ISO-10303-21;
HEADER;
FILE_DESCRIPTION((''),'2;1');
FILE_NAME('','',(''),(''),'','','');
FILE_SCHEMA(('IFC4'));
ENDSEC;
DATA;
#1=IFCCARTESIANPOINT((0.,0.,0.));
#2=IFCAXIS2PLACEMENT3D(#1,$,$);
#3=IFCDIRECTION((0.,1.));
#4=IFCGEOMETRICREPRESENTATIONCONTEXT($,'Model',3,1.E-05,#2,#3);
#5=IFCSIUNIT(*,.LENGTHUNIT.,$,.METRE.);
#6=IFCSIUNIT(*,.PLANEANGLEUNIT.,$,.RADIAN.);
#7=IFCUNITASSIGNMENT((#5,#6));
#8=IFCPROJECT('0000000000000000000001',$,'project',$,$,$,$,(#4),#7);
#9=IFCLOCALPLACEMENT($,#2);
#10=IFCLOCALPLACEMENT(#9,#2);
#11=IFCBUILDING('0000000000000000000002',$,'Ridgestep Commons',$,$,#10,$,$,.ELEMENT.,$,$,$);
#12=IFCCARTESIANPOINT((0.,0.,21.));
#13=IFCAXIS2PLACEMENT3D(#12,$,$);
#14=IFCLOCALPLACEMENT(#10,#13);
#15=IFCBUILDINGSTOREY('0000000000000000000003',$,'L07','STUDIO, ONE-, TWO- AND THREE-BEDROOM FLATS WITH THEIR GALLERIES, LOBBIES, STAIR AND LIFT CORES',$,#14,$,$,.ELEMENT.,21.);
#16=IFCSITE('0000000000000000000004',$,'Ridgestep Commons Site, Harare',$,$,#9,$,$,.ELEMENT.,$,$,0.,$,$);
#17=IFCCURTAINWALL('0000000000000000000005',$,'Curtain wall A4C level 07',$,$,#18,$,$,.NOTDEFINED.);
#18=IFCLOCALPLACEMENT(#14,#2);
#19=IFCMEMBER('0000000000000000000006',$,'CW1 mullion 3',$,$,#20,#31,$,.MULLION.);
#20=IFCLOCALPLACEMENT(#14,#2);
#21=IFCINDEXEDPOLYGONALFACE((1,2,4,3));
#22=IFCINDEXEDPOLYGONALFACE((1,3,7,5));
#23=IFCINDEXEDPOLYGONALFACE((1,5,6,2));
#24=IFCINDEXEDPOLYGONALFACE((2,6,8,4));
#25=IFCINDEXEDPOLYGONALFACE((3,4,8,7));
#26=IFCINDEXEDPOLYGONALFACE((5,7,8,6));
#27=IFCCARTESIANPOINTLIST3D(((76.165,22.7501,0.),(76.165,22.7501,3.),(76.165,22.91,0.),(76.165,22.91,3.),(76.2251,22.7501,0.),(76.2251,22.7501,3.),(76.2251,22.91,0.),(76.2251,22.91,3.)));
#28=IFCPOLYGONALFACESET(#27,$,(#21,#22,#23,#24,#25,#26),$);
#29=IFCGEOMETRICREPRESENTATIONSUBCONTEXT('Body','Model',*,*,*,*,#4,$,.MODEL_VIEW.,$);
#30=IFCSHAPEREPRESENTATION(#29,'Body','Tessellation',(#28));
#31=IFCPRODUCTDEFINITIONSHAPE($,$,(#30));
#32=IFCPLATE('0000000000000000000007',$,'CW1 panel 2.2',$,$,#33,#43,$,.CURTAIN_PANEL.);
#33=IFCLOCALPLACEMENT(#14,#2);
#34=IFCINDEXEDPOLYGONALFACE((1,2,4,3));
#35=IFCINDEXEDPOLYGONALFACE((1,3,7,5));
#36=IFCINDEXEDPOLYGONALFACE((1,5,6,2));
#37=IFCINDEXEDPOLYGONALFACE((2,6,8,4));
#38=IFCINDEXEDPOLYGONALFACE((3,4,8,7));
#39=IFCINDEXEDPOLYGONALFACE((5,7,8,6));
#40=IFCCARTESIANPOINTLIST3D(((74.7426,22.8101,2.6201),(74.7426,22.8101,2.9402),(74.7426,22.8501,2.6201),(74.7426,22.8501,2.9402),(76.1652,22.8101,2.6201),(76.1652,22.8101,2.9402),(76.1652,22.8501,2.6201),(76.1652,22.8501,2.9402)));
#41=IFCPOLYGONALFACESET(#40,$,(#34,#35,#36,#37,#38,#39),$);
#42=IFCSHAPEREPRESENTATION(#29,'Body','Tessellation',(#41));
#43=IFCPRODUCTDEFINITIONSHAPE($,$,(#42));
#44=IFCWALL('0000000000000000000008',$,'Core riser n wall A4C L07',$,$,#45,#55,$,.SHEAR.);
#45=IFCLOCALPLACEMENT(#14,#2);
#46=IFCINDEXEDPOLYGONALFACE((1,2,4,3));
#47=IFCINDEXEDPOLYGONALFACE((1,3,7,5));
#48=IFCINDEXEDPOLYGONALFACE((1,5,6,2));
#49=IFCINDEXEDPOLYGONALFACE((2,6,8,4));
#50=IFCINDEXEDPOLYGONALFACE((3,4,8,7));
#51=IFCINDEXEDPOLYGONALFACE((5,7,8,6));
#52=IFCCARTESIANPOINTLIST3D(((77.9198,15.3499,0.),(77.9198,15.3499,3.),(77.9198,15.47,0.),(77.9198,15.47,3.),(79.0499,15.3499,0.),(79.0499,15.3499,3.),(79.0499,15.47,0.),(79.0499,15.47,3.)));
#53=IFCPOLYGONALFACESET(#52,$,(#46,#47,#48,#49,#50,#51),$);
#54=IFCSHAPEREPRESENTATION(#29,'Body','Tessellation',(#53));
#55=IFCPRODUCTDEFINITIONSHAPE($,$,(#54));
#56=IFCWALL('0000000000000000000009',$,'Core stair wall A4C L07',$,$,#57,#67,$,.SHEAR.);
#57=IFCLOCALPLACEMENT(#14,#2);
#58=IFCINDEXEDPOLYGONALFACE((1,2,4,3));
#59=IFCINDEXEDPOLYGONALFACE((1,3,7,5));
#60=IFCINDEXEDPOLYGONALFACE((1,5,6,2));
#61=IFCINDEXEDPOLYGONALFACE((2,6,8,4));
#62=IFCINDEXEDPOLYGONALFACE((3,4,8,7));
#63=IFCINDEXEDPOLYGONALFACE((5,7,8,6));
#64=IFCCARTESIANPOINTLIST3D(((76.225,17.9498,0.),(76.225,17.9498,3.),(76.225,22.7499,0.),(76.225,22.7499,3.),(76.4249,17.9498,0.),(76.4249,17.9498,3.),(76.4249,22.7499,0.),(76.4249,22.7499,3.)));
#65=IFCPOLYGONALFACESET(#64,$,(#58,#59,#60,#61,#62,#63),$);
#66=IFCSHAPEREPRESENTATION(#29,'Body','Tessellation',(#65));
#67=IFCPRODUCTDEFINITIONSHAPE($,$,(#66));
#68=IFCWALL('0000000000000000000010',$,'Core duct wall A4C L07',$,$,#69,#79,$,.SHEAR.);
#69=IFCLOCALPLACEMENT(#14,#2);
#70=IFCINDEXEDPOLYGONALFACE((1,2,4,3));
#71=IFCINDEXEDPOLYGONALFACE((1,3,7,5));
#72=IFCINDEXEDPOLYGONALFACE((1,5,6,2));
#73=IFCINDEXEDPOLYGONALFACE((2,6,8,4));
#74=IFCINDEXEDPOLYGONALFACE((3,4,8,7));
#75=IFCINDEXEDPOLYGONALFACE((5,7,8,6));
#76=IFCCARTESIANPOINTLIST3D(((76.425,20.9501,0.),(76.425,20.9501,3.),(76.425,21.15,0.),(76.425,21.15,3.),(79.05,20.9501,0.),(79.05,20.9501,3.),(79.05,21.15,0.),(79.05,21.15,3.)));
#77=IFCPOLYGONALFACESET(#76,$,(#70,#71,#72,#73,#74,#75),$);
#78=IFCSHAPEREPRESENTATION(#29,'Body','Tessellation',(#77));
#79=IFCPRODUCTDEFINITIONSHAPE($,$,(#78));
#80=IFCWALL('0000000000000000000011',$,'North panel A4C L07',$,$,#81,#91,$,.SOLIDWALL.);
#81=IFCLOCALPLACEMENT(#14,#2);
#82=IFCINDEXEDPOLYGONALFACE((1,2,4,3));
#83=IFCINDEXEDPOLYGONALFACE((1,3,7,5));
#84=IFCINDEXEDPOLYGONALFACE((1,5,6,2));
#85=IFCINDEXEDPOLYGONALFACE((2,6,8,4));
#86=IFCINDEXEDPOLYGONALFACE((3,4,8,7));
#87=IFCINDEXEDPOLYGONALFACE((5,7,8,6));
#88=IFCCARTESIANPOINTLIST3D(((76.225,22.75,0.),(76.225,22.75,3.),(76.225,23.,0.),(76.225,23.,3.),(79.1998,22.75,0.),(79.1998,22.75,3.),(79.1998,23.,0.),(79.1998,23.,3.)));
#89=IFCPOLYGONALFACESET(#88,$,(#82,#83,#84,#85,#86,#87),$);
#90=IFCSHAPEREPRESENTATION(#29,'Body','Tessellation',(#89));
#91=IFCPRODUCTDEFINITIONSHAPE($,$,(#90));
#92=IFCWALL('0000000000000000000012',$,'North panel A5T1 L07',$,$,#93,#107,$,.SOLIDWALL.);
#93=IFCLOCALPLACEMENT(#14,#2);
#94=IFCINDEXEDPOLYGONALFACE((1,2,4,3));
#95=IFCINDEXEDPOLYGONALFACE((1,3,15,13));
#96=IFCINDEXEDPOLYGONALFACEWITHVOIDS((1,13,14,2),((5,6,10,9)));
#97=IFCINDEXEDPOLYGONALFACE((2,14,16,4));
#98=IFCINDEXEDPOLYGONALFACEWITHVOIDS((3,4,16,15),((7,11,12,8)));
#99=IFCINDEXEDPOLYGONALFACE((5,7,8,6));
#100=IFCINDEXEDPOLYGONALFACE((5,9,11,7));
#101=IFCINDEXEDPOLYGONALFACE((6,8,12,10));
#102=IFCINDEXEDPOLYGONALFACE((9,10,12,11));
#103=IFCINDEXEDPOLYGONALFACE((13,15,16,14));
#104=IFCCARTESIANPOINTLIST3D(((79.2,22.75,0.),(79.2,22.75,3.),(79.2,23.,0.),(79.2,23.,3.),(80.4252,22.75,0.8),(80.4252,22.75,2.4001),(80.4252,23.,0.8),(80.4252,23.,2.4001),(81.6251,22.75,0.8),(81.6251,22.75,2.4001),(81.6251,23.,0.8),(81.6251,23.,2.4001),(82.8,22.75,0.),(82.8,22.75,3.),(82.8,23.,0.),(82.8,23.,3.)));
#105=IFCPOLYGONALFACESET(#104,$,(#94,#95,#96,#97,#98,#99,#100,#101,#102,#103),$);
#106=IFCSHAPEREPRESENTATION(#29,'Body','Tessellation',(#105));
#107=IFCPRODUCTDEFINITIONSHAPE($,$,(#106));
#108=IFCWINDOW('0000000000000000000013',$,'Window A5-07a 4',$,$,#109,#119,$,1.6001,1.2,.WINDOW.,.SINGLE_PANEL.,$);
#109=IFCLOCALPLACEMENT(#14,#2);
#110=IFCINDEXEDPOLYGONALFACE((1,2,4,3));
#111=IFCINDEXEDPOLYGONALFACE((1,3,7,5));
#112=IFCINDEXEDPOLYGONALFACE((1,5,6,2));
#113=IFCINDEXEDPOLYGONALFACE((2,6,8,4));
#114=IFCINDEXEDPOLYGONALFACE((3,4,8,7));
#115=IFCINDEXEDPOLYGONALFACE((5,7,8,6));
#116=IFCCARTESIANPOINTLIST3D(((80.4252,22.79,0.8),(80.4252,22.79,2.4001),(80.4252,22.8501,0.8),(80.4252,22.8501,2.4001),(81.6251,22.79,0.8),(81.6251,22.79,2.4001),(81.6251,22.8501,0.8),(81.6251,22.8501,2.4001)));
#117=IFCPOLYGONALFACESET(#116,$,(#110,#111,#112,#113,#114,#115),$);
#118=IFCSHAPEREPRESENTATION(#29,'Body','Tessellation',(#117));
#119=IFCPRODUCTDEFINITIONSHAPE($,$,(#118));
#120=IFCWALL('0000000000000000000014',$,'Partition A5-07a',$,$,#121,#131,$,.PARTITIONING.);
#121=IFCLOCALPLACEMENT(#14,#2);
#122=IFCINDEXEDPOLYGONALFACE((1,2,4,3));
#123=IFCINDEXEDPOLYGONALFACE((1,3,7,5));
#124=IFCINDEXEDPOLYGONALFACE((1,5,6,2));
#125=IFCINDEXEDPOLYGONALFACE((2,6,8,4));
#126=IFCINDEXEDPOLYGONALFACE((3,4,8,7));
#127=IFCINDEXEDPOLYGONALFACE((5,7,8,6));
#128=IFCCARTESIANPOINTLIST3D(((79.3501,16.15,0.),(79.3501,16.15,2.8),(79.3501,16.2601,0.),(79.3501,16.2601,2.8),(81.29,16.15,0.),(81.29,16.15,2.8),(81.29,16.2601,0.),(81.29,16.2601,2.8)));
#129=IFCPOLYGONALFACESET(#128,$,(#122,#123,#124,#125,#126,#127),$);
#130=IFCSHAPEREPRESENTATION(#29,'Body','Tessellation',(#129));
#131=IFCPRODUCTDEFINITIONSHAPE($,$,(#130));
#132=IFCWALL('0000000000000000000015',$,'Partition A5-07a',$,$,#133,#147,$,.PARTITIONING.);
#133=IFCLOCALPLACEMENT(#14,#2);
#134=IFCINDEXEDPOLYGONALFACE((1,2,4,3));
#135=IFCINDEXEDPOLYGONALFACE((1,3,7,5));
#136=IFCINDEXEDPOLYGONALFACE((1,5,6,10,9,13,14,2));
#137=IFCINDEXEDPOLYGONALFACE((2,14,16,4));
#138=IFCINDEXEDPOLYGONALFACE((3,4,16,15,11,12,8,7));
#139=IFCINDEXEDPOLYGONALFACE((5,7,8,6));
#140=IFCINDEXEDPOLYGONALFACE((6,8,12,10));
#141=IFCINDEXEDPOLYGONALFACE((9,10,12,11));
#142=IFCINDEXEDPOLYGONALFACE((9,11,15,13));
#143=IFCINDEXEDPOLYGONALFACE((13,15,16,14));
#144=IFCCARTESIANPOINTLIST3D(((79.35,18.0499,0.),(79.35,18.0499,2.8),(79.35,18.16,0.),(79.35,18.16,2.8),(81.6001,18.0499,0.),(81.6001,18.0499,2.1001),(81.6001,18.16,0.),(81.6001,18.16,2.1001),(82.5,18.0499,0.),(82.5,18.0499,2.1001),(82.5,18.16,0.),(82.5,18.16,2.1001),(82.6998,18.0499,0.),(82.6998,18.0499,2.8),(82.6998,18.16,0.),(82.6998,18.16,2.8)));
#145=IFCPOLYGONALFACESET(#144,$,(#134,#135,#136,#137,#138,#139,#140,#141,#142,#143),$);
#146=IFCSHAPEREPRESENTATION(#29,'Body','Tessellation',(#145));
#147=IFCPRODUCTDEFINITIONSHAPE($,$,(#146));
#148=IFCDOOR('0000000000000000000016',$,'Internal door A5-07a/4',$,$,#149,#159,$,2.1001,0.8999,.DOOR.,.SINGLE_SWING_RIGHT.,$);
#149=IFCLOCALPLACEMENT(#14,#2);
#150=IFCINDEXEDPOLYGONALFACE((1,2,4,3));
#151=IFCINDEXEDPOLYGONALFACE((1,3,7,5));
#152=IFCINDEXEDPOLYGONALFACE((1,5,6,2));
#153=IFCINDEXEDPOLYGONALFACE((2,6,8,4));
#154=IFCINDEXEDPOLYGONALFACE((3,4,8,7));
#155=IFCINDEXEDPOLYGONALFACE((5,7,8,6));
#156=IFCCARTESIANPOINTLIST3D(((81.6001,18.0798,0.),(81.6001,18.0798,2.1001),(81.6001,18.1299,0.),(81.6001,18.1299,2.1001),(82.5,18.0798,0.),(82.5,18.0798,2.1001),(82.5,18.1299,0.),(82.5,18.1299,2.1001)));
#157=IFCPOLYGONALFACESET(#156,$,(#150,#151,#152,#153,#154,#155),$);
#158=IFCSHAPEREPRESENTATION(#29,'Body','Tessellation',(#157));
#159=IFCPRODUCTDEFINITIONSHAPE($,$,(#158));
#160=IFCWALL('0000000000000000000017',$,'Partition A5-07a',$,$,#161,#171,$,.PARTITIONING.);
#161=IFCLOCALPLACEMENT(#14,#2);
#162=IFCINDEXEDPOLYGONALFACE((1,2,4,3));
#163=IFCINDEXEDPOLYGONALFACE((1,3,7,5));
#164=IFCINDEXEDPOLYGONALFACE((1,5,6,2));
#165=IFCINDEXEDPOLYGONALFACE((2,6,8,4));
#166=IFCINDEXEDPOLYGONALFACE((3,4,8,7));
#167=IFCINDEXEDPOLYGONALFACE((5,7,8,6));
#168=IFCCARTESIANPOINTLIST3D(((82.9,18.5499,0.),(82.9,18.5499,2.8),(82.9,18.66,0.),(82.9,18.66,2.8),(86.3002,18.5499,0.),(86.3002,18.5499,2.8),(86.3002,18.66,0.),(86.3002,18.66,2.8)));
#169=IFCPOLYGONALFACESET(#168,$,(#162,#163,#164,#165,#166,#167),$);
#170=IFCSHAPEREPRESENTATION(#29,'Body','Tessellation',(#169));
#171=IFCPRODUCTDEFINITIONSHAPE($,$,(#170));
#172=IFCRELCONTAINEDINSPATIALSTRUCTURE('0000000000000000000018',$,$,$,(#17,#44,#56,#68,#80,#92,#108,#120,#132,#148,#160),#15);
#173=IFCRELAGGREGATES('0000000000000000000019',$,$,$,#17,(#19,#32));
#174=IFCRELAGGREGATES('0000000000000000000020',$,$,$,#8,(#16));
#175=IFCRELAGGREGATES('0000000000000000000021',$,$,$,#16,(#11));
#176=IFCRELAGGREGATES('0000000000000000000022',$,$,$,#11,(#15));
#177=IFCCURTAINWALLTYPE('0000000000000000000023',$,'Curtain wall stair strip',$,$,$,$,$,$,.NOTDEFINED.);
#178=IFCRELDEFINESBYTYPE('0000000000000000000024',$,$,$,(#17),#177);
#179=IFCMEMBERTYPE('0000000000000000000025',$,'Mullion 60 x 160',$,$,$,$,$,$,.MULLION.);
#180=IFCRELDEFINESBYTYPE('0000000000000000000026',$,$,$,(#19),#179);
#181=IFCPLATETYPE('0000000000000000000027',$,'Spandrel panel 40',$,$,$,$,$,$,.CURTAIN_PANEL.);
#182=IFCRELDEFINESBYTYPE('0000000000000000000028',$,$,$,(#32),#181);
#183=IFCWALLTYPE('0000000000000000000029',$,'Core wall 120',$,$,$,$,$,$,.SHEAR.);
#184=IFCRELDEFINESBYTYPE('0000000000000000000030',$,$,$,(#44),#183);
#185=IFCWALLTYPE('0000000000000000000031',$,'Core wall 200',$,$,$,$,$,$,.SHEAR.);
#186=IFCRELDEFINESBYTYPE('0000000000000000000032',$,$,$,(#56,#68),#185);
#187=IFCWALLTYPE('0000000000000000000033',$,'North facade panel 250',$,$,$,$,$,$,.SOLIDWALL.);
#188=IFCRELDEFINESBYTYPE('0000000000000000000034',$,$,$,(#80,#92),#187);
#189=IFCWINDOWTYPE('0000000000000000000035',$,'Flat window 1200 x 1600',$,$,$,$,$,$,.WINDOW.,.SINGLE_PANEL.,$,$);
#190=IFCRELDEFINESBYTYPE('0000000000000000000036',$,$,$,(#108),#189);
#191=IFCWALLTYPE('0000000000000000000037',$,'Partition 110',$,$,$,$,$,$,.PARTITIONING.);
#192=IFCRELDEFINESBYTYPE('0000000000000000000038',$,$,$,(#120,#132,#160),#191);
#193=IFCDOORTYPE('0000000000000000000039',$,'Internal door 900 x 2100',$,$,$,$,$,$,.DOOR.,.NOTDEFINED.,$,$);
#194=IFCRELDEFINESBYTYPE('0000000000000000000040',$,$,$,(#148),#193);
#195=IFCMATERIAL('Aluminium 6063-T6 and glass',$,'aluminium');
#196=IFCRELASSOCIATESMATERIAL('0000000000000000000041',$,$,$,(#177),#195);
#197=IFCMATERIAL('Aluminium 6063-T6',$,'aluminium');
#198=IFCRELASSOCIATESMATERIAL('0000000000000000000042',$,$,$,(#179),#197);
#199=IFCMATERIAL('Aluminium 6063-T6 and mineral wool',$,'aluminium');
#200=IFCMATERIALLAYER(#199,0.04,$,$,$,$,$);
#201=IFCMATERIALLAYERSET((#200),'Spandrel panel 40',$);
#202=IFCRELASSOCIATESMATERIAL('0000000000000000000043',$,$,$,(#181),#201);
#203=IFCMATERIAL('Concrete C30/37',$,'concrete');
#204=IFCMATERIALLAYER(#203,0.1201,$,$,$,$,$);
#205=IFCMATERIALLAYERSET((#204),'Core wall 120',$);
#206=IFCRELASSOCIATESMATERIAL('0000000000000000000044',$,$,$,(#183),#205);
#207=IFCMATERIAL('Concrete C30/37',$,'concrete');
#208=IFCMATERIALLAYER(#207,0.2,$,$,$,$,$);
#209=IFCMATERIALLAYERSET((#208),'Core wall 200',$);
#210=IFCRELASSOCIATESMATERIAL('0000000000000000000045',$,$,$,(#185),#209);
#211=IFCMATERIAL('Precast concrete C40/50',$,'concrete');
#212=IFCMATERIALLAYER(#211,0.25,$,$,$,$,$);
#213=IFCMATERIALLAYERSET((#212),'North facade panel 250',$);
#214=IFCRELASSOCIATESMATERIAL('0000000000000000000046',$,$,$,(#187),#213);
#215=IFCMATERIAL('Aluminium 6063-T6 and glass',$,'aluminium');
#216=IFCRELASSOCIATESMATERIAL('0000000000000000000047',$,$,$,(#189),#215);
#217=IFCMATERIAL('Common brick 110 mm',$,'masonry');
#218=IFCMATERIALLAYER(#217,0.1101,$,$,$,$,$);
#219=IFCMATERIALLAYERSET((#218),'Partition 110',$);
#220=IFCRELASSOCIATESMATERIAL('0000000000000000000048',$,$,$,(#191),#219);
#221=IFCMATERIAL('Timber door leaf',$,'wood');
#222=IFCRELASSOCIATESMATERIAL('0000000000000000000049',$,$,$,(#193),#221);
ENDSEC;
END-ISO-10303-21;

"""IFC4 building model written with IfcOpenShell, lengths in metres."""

from ifc_helpers import new_model, si_unit, direction, frame, frame_2d, origin, origin_2d, place, context, subcontext, project, spatial, rectangle, extrude, material, layer, layer_set, material_profile, profile_set, type_object, element, fill, aggregate, save


model = new_model("IFC4")

# Units and contexts
model_context = context("Model", 3, precision=1e-05, world=origin(), true_north=direction((0.0, 1.0)))
body_context = subcontext(model_context, "Body", "Model", "MODEL_VIEW")
ifc_project = project(units=[si_unit("LENGTHUNIT", "METRE"), si_unit("PLANEANGLEUNIT", "RADIAN")], contexts=[model_context])

# Site, building, storey
site_placement = place(None, origin())
site = spatial("IfcSite", under=ifc_project, at=site_placement, Name="Ridgestep Commons Site, Harare", CompositionType="ELEMENT", RefElevation=0.0)
building_placement = place(site_placement, origin())
building = spatial("IfcBuilding", under=site, at=building_placement, Name="Ridgestep Commons", CompositionType="ELEMENT")
storey_placement = place(building_placement, frame((0.0, 0.0, 21.0)))
storey = spatial("IfcBuildingStorey", under=building, at=storey_placement, Name="L07", Description="STUDIO, ONE-, TWO- AND THREE-BEDROOM FLATS WITH THEIR GALLERIES, LOBBIES, STAIR AND LIFT CORES", CompositionType="ELEMENT", Elevation=21.0)

# Curtain wall, member, plate
ifc_material_1 = material(Name="Aluminium 6063-T6 and glass", Category="aluminium")
curtain_wall_type = type_object("IfcCurtainWallType", Name="Curtain wall stair strip", PredefinedType="NOTDEFINED", material=ifc_material_1)
curtain_wall_placement = place(storey_placement, origin())
curtain_wall = element("IfcCurtainWall", 1, at=curtain_wall_placement, inside=storey, type_object=curtain_wall_type, Name="Curtain wall A4C level 07", PredefinedType="NOTDEFINED")
ifc_material_2 = material(Name="Aluminium 6063-T6", Category="aluminium")
ifc_material_profile = material_profile(ifc_material_2, rectangle(XDim=0.1599, YDim=0.0601, at=origin_2d()), Name="Mullion 60 x 160")
ifc_profile_set = profile_set([ifc_material_profile], Name="Aluminium 6063-T6")
member_type = type_object("IfcMemberType", Name="Mullion 60 x 160", PredefinedType="MULLION", material=ifc_profile_set)
member_placement = place(storey_placement, frame((76.1951, 22.8301, 0.0), z_axis=(0.0, 0.0, 1.0), x_axis=(0.0, 1.0, 0.0)))
member = element("IfcMember", 2, at=member_placement, type_object=member_type, Name="CW1 mullion 3", PredefinedType="MULLION", context=body_context, shape_type="SweptSolid", body=[
    extrude(rectangle(XDim=0.1599, YDim=0.0601, at=origin_2d()), origin(), (0.0, 0.0, 1.0), 3.0),
])
ifc_material_3 = material(Name="Aluminium 6063-T6 and mineral wool", Category="aluminium")
ifc_layer_1 = layer(ifc_material_3, 0.04)
ifc_layer_set_1 = layer_set([ifc_layer_1], Name="Spandrel panel 40")
plate_type = type_object("IfcPlateType", Name="Spandrel panel 40", PredefinedType="CURTAIN_PANEL", material=ifc_layer_set_1)
plate_placement = place(storey_placement, frame((75.4539, 22.8301, 2.6201), z_axis=(0.0, 0.0, 1.0), x_axis=(1.0, 0.0, 0.0)))
plate = element("IfcPlate", 3, at=plate_placement, type_object=plate_type, Name="CW1 panel 2.2", PredefinedType="CURTAIN_PANEL", context=body_context, shape_type="SweptSolid", body=[
    extrude(rectangle(XDim=1.4226, YDim=0.04, at=origin_2d()), origin(), (0.0, 0.0, 1.0), 0.3201),
])
aggregate(curtain_wall, [member, plate])

# Walls
ifc_material_4 = material(Name="Concrete C30/37", Category="concrete")
ifc_layer_2 = layer(ifc_material_4, 0.1201)
ifc_layer_set_2 = layer_set([ifc_layer_2], Name="Core wall 120")
wall_type_1 = type_object("IfcWallType", Name="Core wall 120", PredefinedType="SHEAR", material=ifc_layer_set_2)
wall_1_placement = place(storey_placement, frame((77.9199, 15.4099, 0.0), z_axis=(0.0, 0.0, 1.0), x_axis=(1.0, 0.0, 0.0)))
element("IfcWall", 4, at=wall_1_placement, inside=storey, type_object=wall_type_1, Name="Core riser n wall A4C L07", PredefinedType="SHEAR", context=body_context, shape_type="SweptSolid", body=[
    extrude(rectangle(XDim=1.1301, YDim=0.1201, at=frame_2d((0.5649, 0.0))), origin(), (0.0, 0.0, 1.0), 3.0),
])
ifc_material_5 = material(Name="Concrete C30/37", Category="concrete")
ifc_layer_3 = layer(ifc_material_5, 0.2)
ifc_layer_set_3 = layer_set([ifc_layer_3], Name="Core wall 200")
wall_type_2 = type_object("IfcWallType", Name="Core wall 200", PredefinedType="SHEAR", material=ifc_layer_set_3)
wall_2_placement = place(storey_placement, frame((76.325, 17.95, 0.0), z_axis=(0.0, 0.0, 1.0), x_axis=(0.0, 1.0, 0.0)))
element("IfcWall", 5, at=wall_2_placement, inside=storey, type_object=wall_type_2, Name="Core stair wall A4C L07", PredefinedType="SHEAR", context=body_context, shape_type="SweptSolid", body=[
    extrude(rectangle(XDim=4.8, YDim=0.2, at=frame_2d((2.3999, 0.0))), origin(), (0.0, 0.0, 1.0), 3.0),
])
wall_3_placement = place(storey_placement, frame((76.425, 21.05, 0.0), z_axis=(0.0, 0.0, 1.0), x_axis=(1.0, 0.0, 0.0)))
element("IfcWall", 6, at=wall_3_placement, inside=storey, type_object=wall_type_2, Name="Core duct wall A4C L07", PredefinedType="SHEAR", context=body_context, shape_type="SweptSolid", body=[
    extrude(rectangle(XDim=2.625, YDim=0.2, at=frame_2d((1.3125, 0.0))), origin(), (0.0, 0.0, 1.0), 3.0),
])
ifc_material_6 = material(Name="Precast concrete C40/50", Category="concrete")
ifc_layer_4 = layer(ifc_material_6, 0.25)
ifc_layer_set_4 = layer_set([ifc_layer_4], Name="North facade panel 250")
wall_type_3 = type_object("IfcWallType", Name="North facade panel 250", PredefinedType="SOLIDWALL", material=ifc_layer_set_4)
wall_4_placement = place(storey_placement, frame((76.2251, 22.875, 0.0), z_axis=(0.0, 0.0, 1.0), x_axis=(1.0, 0.0, 0.0)))
element("IfcWall", 7, at=wall_4_placement, inside=storey, type_object=wall_type_3, Name="North panel A4C L07", PredefinedType="SOLIDWALL", context=body_context, shape_type="SweptSolid", body=[
    extrude(rectangle(XDim=2.9749, YDim=0.25, at=frame_2d((1.4873, 0.0))), origin(), (0.0, 0.0, 1.0), 3.0),
])

# Wall, opening, window
wall_5_placement = place(storey_placement, frame((79.2, 22.875, 0.0), z_axis=(0.0, 0.0, 1.0), x_axis=(1.0, 0.0, 0.0)))
wall_5 = element("IfcWall", 8, at=wall_5_placement, inside=storey, type_object=wall_type_3, Name="North panel A5T1 L07", PredefinedType="SOLIDWALL", context=body_context, shape_type="SweptSolid", body=[
    extrude(rectangle(XDim=3.6001, YDim=0.25, at=frame_2d((1.8, 0.0))), origin(), (0.0, 0.0, 1.0), 3.0),
])
opening_1_placement = place(wall_5_placement, frame((1.2251, 0.0, 0.8)))
opening_1 = element("IfcOpeningElement", 9, at=opening_1_placement, cuts=wall_5, PredefinedType="OPENING", context=body_context, shape_type="SweptSolid", body=[
    extrude(rectangle(XDim=1.2, YDim=1.6001, at=frame_2d((0.6001, 0.8))), frame((0.0, 0.135, 0.0), z_axis=(0.0, -1.0, 0.0), x_axis=(1.0, 0.0, 0.0)), (0.0, 0.0, 1.0), 0.27),
])
ifc_material_7 = material(Name="Aluminium 6063-T6 and glass", Category="aluminium")
window_type = type_object("IfcWindowType", Name="Flat window 1200 x 1600", PartitioningType="SINGLE_PANEL", PredefinedType="WINDOW", material=ifc_material_7)
window_placement = place(opening_1_placement, origin())
window = element("IfcWindow", 10, at=window_placement, inside=storey, type_object=window_type, Name="Window A5-07a 4", OverallHeight=1.6001, OverallWidth=1.2, PartitioningType="SINGLE_PANEL", PredefinedType="WINDOW", context=body_context, shape_type="SweptSolid", body=[
    extrude(rectangle(XDim=1.2, YDim=1.6001, at=frame_2d((0.6001, 0.8))), frame((0.0, -0.0249, 0.0), z_axis=(0.0, -1.0, 0.0), x_axis=(1.0, 0.0, 0.0)), (0.0, 0.0, 1.0), 0.0601),
])
fill(opening_1, window)

# Wall
ifc_material_8 = material(Name="Common brick 110 mm", Category="masonry")
ifc_layer_5 = layer(ifc_material_8, 0.1101)
ifc_layer_set_5 = layer_set([ifc_layer_5], Name="Partition 110")
wall_type_4 = type_object("IfcWallType", Name="Partition 110", PredefinedType="PARTITIONING", material=ifc_layer_set_5)
wall_6_placement = place(storey_placement, frame((79.3501, 16.2051, 0.0), z_axis=(0.0, 0.0, 1.0), x_axis=(1.0, 0.0, 0.0)))
element("IfcWall", 11, at=wall_6_placement, inside=storey, type_object=wall_type_4, Name="Partition A5-07a", PredefinedType="PARTITIONING", context=body_context, shape_type="SweptSolid", body=[
    extrude(rectangle(XDim=1.9399, YDim=0.1101, at=frame_2d((0.97, 0.0))), origin(), (0.0, 0.0, 1.0), 2.8),
])

# Wall, opening, door
wall_7_placement = place(storey_placement, frame((79.3501, 18.105, 0.0), z_axis=(0.0, 0.0, 1.0), x_axis=(1.0, 0.0, 0.0)))
wall_7 = element("IfcWall", 12, at=wall_7_placement, inside=storey, type_object=wall_type_4, Name="Partition A5-07a", PredefinedType="PARTITIONING", context=body_context, shape_type="SweptSolid", body=[
    extrude(rectangle(XDim=3.3499, YDim=0.1101, at=frame_2d((1.6748, 0.0))), origin(), (0.0, 0.0, 1.0), 2.8),
])
opening_2_placement = place(wall_7_placement, frame((2.25, 0.0, 0.0)))
opening_2 = element("IfcOpeningElement", 13, at=opening_2_placement, cuts=wall_7, PredefinedType="OPENING", context=body_context, shape_type="SweptSolid", body=[
    extrude(rectangle(XDim=0.8999, YDim=2.1001, at=frame_2d((0.45, 1.05))), frame((0.0, 0.0649, 0.0), z_axis=(0.0, -1.0, 0.0), x_axis=(1.0, 0.0, 0.0)), (0.0, 0.0, 1.0), 0.1301),
])
ifc_material_9 = material(Name="Timber door leaf", Category="wood")
door_type = type_object("IfcDoorType", Name="Internal door 900 x 2100", OperationType="NOTDEFINED", PredefinedType="DOOR", material=ifc_material_9)
door_placement = place(opening_2_placement, origin())
door = element("IfcDoor", 14, at=door_placement, inside=storey, type_object=door_type, Name="Internal door A5-07a/4", OperationType="SINGLE_SWING_RIGHT", OverallHeight=2.1001, OverallWidth=0.8999, PredefinedType="DOOR", context=body_context, shape_type="SweptSolid", body=[
    extrude(rectangle(XDim=0.8999, YDim=2.1001, at=frame_2d((0.45, 1.05))), frame((0.0, 0.0249, 0.0), z_axis=(0.0, -1.0, 0.0), x_axis=(1.0, 0.0, 0.0)), (0.0, 0.0, 1.0), 0.05),
])
fill(opening_2, door)

# Wall
wall_8_placement = place(storey_placement, frame((82.8999, 18.605, 0.0), z_axis=(0.0, 0.0, 1.0), x_axis=(1.0, 0.0, 0.0)))
element("IfcWall", 15, at=wall_8_placement, inside=storey, type_object=wall_type_4, Name="Partition A5-07a", PredefinedType="PARTITIONING", context=body_context, shape_type="SweptSolid", body=[
    extrude(rectangle(XDim=3.4001, YDim=0.1101, at=frame_2d((1.7002, 0.0))), origin(), (0.0, 0.0, 1.0), 2.8),
])

save(model, "model.ifc")
